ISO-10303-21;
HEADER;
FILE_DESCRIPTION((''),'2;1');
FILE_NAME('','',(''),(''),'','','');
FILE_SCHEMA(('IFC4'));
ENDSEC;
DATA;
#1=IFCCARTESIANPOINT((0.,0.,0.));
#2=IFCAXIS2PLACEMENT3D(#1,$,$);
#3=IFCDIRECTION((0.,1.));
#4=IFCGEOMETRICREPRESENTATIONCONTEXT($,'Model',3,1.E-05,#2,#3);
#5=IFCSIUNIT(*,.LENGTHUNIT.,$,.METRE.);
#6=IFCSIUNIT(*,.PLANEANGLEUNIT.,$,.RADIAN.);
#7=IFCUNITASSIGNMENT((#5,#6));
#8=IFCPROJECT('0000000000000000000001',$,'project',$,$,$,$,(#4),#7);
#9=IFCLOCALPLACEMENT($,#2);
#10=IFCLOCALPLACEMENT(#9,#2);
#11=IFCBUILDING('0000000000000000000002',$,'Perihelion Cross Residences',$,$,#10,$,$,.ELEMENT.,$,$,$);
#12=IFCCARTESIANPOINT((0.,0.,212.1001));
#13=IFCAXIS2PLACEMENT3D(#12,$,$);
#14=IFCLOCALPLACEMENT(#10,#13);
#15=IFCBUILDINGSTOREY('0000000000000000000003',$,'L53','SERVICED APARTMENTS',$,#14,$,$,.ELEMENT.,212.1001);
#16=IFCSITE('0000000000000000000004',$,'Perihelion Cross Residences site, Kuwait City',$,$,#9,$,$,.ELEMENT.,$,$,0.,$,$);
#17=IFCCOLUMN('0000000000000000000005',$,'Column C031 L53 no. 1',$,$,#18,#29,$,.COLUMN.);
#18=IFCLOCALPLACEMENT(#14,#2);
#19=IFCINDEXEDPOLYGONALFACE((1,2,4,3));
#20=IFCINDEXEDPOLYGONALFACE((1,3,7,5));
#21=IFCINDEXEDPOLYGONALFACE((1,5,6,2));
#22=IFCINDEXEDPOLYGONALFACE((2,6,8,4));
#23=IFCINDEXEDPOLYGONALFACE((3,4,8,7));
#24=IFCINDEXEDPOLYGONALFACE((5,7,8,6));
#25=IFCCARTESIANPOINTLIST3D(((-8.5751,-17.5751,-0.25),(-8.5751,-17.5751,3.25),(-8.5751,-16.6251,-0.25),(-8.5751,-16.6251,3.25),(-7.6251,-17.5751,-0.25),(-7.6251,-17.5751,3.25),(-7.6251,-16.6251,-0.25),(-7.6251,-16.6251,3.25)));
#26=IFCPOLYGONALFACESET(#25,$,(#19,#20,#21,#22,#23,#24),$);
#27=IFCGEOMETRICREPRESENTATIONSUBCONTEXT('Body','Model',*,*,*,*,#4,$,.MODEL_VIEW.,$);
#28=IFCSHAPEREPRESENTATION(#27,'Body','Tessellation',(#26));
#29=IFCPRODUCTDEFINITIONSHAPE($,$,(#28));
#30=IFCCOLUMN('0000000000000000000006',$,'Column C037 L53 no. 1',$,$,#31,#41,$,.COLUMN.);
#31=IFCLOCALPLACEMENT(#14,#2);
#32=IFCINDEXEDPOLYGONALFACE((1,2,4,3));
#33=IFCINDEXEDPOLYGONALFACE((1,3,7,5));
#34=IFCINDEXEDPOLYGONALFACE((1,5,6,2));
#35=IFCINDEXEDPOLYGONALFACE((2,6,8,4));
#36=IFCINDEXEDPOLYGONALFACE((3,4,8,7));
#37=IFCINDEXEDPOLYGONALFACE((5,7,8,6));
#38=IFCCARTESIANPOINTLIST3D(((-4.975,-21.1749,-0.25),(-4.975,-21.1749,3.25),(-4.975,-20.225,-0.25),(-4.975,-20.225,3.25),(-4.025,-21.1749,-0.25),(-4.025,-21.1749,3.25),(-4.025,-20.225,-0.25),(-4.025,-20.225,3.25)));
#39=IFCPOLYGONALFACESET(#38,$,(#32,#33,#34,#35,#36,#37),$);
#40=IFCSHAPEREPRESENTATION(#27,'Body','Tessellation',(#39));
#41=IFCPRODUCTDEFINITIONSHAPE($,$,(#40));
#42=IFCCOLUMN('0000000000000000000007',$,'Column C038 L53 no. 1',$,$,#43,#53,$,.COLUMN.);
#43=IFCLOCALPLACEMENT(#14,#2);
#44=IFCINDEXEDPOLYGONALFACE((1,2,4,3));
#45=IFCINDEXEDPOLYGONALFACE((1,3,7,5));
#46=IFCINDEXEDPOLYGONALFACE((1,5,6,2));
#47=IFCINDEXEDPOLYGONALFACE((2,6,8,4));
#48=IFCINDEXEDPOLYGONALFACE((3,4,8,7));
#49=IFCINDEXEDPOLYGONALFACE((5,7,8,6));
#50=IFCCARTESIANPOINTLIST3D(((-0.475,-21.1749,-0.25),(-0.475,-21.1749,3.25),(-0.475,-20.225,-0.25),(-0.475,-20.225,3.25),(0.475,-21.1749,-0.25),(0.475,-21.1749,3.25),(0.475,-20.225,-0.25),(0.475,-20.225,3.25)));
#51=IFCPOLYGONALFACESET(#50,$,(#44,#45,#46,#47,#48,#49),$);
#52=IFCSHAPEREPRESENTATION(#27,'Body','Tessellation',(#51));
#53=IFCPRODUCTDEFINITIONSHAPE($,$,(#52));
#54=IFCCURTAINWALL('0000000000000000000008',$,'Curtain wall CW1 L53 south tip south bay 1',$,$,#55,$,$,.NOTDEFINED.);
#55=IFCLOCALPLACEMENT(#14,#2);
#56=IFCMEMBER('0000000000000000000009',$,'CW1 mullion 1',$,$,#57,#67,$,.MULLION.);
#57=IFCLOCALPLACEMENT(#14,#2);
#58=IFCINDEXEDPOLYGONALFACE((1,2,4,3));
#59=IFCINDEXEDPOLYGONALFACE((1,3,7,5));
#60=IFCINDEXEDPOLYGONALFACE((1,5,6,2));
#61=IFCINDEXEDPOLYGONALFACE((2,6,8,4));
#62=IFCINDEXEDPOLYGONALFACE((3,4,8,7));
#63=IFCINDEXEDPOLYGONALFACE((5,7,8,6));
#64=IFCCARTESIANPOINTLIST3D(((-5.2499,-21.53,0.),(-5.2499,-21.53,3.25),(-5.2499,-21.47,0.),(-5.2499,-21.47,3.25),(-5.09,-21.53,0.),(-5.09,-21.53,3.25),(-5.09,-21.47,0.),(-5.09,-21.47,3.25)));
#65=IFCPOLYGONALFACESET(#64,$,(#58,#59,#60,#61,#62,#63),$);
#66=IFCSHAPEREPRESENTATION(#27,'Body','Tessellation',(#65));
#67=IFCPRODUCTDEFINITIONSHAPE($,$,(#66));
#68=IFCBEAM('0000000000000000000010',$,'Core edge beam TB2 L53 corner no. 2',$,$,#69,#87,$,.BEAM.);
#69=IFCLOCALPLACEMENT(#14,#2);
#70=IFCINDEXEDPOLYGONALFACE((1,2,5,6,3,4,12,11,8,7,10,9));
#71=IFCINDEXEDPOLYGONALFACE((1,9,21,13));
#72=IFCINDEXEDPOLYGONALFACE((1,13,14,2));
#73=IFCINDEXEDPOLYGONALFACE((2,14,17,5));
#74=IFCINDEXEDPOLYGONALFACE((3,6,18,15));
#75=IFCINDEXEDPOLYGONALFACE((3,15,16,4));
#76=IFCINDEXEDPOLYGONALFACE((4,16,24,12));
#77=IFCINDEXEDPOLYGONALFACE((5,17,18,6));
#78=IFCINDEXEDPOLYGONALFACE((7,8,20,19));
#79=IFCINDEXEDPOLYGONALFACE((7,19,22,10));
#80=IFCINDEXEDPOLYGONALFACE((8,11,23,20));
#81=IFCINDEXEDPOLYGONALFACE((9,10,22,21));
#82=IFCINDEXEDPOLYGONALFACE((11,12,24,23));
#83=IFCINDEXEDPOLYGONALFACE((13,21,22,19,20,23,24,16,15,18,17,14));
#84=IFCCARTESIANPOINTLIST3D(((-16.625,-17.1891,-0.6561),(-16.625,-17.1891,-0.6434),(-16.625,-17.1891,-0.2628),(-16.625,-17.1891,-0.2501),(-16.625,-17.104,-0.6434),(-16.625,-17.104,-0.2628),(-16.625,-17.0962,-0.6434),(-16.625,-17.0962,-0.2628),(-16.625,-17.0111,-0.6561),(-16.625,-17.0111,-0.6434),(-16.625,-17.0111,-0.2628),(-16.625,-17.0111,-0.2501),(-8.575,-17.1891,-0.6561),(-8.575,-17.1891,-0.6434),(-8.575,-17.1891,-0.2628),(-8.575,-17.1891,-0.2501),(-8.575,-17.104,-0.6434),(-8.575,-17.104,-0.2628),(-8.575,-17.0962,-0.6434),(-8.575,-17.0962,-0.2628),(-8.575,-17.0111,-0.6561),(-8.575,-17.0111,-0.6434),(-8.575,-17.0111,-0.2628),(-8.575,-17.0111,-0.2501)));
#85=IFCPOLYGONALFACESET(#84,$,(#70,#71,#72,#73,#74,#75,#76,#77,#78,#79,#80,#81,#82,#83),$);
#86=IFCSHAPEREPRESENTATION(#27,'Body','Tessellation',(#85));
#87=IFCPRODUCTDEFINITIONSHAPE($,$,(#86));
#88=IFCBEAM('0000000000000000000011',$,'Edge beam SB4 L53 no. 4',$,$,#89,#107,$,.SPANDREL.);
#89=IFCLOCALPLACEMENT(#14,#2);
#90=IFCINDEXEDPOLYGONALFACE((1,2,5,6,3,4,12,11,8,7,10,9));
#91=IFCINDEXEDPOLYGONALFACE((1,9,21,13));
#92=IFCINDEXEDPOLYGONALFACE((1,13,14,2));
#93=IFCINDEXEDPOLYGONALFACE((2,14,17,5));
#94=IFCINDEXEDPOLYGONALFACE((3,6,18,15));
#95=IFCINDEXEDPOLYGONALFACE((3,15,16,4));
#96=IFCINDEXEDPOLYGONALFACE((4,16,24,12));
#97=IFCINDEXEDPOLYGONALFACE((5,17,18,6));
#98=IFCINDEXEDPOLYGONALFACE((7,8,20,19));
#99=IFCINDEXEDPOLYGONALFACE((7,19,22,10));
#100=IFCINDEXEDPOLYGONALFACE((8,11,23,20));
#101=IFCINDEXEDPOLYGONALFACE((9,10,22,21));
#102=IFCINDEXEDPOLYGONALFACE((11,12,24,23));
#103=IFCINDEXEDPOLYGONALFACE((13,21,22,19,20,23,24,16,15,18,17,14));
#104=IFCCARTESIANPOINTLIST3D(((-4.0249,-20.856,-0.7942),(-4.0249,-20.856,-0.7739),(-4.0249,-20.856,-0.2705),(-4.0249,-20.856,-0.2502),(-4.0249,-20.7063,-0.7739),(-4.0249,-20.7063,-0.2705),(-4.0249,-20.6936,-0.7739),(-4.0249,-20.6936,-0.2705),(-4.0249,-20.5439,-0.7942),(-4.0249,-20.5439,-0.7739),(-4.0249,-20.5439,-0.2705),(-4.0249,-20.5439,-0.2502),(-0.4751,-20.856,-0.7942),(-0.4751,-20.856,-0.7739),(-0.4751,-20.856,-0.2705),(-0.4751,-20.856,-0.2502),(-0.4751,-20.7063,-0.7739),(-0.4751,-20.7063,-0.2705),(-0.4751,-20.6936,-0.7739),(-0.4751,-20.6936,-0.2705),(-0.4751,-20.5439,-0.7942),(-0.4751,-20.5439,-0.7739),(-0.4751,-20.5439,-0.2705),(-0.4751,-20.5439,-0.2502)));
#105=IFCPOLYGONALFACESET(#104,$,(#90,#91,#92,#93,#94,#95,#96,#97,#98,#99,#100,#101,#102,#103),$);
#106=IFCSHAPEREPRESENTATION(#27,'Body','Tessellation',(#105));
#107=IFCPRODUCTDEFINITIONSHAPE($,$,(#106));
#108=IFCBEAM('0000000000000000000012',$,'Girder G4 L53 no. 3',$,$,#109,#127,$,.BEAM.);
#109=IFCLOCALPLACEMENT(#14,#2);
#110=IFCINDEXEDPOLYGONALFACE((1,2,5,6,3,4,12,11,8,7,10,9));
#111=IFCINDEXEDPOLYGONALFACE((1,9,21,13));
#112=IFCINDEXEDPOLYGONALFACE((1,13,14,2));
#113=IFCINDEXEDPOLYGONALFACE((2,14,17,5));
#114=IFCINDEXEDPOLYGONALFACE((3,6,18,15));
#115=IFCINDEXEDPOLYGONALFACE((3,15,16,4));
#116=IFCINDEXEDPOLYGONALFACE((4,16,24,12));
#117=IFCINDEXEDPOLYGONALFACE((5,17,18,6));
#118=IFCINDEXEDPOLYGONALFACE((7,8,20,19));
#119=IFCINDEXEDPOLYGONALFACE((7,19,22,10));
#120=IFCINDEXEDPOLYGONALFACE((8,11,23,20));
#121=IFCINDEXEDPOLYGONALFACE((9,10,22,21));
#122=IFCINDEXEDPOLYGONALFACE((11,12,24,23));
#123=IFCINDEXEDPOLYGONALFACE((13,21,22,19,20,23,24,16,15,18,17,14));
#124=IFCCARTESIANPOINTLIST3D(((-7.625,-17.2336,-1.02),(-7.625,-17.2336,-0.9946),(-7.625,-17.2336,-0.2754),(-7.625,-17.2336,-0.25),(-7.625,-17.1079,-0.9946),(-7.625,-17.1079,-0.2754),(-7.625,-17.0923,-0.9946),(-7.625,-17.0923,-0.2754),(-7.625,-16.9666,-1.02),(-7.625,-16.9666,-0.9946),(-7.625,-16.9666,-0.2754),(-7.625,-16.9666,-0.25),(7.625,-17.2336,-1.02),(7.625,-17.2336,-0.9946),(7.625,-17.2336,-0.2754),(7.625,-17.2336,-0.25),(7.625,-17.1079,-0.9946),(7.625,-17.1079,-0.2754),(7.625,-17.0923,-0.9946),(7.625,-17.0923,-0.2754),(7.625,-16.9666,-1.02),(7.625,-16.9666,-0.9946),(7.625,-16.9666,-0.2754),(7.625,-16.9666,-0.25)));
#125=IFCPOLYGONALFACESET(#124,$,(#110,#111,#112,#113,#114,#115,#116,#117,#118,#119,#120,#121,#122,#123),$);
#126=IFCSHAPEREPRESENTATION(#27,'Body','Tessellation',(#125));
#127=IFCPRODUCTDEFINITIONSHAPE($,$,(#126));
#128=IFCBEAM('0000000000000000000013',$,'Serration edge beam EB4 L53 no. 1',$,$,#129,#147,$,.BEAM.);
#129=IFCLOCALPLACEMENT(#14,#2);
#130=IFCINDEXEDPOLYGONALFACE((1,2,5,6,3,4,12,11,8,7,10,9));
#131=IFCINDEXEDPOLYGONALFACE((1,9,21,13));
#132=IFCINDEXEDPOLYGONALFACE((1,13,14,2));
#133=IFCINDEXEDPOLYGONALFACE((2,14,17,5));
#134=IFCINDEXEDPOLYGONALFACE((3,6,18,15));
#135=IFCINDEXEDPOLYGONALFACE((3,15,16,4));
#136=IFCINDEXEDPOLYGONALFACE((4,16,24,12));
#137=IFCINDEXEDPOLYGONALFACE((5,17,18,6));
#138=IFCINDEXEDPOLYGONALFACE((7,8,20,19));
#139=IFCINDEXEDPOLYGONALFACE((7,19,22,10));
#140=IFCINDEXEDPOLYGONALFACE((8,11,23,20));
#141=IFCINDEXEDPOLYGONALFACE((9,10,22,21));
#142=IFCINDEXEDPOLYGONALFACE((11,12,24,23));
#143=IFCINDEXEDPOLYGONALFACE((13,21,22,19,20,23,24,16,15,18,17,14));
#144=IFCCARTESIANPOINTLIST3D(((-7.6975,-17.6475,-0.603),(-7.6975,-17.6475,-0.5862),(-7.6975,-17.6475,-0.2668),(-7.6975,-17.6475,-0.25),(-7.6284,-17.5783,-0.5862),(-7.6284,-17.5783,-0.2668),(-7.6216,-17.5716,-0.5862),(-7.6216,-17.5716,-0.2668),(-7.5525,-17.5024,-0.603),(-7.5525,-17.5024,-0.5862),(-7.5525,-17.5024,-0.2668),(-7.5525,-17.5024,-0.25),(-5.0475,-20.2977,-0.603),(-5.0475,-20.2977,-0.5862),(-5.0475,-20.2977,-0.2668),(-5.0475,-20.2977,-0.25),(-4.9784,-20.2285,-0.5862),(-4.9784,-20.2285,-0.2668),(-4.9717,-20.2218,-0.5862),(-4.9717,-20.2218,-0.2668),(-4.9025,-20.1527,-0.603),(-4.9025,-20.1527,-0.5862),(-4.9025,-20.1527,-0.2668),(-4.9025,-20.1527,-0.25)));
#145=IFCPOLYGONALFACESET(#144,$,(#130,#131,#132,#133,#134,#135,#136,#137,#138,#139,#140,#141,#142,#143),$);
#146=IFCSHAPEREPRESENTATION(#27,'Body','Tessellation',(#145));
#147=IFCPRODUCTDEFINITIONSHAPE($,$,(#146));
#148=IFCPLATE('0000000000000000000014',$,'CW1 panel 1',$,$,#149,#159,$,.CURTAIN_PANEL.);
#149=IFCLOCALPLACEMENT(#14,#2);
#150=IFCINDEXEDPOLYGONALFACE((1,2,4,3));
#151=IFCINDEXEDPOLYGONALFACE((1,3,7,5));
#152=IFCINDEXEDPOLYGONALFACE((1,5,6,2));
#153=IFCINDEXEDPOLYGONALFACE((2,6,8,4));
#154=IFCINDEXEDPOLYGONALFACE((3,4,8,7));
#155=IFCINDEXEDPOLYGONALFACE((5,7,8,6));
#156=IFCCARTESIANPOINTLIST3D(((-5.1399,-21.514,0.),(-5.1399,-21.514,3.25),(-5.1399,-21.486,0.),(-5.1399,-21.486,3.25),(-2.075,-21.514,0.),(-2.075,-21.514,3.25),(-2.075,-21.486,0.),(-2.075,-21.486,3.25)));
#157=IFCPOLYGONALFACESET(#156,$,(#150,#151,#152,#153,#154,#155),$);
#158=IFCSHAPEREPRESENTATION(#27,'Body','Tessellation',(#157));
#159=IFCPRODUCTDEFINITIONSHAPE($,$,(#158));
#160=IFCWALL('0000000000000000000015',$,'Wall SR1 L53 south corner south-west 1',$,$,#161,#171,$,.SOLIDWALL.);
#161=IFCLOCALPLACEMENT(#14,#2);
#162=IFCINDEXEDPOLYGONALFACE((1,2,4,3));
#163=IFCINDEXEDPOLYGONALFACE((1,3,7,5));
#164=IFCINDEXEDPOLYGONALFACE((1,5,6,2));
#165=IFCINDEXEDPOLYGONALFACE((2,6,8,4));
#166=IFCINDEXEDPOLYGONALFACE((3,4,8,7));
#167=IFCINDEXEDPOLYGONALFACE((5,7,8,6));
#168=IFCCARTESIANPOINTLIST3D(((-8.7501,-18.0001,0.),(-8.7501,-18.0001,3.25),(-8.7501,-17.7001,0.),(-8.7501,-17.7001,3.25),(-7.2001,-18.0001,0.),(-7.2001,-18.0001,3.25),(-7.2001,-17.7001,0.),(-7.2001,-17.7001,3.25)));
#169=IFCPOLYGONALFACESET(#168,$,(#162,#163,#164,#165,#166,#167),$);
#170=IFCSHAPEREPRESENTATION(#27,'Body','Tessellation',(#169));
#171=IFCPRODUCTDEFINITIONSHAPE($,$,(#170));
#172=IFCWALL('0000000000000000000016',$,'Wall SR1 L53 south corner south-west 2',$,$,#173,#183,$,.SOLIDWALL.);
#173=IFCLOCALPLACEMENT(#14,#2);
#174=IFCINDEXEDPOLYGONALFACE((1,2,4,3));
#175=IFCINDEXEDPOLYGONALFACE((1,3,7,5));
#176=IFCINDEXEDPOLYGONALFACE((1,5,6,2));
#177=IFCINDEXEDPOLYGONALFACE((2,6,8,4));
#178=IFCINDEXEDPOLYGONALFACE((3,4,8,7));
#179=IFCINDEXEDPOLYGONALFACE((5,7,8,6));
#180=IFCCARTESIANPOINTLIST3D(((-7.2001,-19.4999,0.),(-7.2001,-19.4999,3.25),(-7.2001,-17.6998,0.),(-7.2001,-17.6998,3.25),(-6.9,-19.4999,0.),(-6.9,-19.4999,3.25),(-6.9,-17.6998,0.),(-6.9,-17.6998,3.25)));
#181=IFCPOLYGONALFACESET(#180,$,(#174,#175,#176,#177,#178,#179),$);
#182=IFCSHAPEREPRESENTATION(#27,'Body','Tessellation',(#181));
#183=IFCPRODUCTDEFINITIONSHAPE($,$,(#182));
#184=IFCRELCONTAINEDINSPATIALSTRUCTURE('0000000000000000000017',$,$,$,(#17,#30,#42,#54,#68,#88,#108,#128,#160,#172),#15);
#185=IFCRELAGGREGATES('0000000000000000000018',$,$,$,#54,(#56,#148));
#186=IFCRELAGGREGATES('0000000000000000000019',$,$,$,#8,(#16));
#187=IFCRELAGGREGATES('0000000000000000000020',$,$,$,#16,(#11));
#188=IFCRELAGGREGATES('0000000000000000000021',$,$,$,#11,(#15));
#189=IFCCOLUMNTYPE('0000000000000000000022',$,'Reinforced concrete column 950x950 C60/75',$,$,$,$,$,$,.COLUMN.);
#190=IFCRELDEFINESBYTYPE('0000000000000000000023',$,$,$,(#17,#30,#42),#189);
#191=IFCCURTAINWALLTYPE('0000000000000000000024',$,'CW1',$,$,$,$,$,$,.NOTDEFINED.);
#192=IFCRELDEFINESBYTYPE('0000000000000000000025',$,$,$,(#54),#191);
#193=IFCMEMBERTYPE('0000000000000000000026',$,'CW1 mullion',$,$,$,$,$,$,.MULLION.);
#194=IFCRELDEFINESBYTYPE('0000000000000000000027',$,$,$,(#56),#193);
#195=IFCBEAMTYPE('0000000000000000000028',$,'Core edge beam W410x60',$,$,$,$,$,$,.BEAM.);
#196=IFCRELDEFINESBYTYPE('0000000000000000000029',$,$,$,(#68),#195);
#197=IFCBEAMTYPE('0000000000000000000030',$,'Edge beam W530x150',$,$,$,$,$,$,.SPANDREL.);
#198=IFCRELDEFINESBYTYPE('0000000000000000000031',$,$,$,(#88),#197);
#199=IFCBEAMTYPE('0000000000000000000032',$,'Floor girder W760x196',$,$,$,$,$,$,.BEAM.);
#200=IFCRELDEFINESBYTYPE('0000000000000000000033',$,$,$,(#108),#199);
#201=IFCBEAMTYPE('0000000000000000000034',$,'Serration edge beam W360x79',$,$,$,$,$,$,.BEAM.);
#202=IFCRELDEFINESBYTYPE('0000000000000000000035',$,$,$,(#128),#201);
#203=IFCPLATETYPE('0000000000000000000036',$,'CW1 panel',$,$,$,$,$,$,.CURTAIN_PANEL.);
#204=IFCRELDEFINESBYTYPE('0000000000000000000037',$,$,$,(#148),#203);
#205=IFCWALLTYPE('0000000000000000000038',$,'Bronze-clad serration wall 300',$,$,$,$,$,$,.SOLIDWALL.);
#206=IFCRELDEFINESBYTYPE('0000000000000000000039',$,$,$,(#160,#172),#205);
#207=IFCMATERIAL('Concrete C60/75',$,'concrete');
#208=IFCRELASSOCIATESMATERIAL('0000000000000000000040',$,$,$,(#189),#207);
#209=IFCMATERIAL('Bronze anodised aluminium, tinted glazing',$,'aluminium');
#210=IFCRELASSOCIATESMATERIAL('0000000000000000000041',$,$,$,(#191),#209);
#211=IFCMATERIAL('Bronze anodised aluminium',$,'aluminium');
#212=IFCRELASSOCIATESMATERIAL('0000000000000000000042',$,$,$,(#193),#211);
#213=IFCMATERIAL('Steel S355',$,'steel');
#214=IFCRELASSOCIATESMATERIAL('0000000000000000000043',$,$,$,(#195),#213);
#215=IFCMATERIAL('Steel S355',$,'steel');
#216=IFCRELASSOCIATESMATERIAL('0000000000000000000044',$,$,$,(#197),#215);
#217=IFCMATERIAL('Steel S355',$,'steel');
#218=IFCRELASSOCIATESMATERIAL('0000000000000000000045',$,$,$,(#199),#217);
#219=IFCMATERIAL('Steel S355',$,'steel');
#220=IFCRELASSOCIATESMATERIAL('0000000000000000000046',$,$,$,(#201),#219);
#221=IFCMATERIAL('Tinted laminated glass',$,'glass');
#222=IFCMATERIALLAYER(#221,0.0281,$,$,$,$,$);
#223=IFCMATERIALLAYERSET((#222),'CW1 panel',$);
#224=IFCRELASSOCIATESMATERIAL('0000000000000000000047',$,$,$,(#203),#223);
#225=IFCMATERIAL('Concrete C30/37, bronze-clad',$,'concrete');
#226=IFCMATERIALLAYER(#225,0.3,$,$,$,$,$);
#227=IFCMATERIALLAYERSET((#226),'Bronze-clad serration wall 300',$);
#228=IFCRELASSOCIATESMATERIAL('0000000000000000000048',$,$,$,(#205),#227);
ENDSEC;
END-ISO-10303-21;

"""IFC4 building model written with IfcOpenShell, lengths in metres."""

from ifc_helpers import new_model, si_unit, direction, frame, frame_2d, origin, origin_2d, place, context, subcontext, project, spatial, rectangle, i_section, extrude, material, layer, layer_set, material_profile, profile_set, type_object, element, aggregate, save


model = new_model("IFC4")

# Units and contexts
model_context = context("Model", 3, precision=1e-05, world=origin(), true_north=direction((0.0, 1.0)))
body_context = subcontext(model_context, "Body", "Model", "MODEL_VIEW")
ifc_project = project(units=[si_unit("LENGTHUNIT", "METRE"), si_unit("PLANEANGLEUNIT", "RADIAN")], contexts=[model_context])

# Site, building, storey
site_placement = place(None, origin())
site = spatial("IfcSite", under=ifc_project, at=site_placement, Name="Perihelion Cross Residences site, Kuwait City", CompositionType="ELEMENT", RefElevation=0.0)
building_placement = place(site_placement, origin())
building = spatial("IfcBuilding", under=site, at=building_placement, Name="Perihelion Cross Residences", CompositionType="ELEMENT")
storey_placement = place(building_placement, frame((0.0, 0.0, 212.1001)))
storey = spatial("IfcBuildingStorey", under=building, at=storey_placement, Name="L53", Description="SERVICED APARTMENTS", CompositionType="ELEMENT", Elevation=212.1001)

# Columns
ifc_material_1 = material(Name="Concrete C60/75", Category="concrete")
ifc_material_profile_1 = material_profile(ifc_material_1, rectangle(XDim=0.95, YDim=0.95, at=origin_2d()), Name="RC 950x950")
ifc_profile_set_1 = profile_set([ifc_material_profile_1], Name="Concrete C60/75")
column_type = type_object("IfcColumnType", Name="Reinforced concrete column 950x950 C60/75", PredefinedType="COLUMN", material=ifc_profile_set_1)
for number, where, z_axis, x_axis, name in (
    (1, (-8.1001, -17.1001, -0.25), (0.0, 0.0, 1.0), (1.0, 0.0, 0.0), "Column C031 L53 no. 1"),
    (2, (-4.5, -20.7, -0.25), (0.0, 0.0, 1.0), (1.0, 0.0, 0.0), "Column C037 L53 no. 1"),
    (3, (0.0, -20.7, -0.25), (0.0, 0.0, 1.0), (1.0, 0.0, 0.0), "Column C038 L53 no. 1"),
):
    element("IfcColumn", number, at=place(storey_placement, frame(where, z_axis=z_axis, x_axis=x_axis)), inside=storey, type_object=column_type, Name=name, PredefinedType="COLUMN", context=body_context, shape_type="SweptSolid", body=[
        extrude(rectangle(XDim=0.95, YDim=0.95, at=origin_2d()), origin(), (0.0, 0.0, 1.0), 3.5),
    ])

# Curtain wall, member
ifc_material_2 = material(Name="Bronze anodised aluminium, tinted glazing", Category="aluminium")
curtain_wall_type = type_object("IfcCurtainWallType", Name="CW1", PredefinedType="NOTDEFINED", material=ifc_material_2)
curtain_wall_placement = place(storey_placement, origin())
curtain_wall = element("IfcCurtainWall", 4, at=curtain_wall_placement, inside=storey, type_object=curtain_wall_type, Name="Curtain wall CW1 L53 south tip south bay 1", PredefinedType="NOTDEFINED")
ifc_material_3 = material(Name="Bronze anodised aluminium", Category="aluminium")
ifc_material_profile_2 = material_profile(ifc_material_3, rectangle(XDim=0.0601, YDim=0.1599, at=origin_2d()), Name="CW1 mullion")
ifc_profile_set_2 = profile_set([ifc_material_profile_2], Name="Bronze anodised aluminium")
member_type = type_object("IfcMemberType", Name="CW1 mullion", PredefinedType="MULLION", material=ifc_profile_set_2)
member_placement = place(storey_placement, frame((-5.1699, -21.5, 0.0), z_axis=(0.0, 0.0, 1.0), x_axis=(0.0, 1.0, 0.0)))
member = element("IfcMember", 5, at=member_placement, type_object=member_type, Name="CW1 mullion 1", PredefinedType="MULLION", context=body_context, shape_type="SweptSolid", body=[
    extrude(rectangle(XDim=0.0601, YDim=0.1599, at=origin_2d()), origin(), (0.0, 0.0, 1.0), 3.25),
])

# Beams
ifc_material_4 = material(Name="Steel S355", Category="steel")
ifc_material_profile_3 = material_profile(ifc_material_4, i_section(OverallWidth=0.178, OverallDepth=0.406, WebThickness=0.0078, FlangeThickness=0.0127, at=origin_2d()), Name="W410x60")
ifc_profile_set_3 = profile_set([ifc_material_profile_3], Name="Steel S355")
beam_type_1 = type_object("IfcBeamType", Name="Core edge beam W410x60", PredefinedType="BEAM", material=ifc_profile_set_3)
beam_1_placement = place(storey_placement, frame((-8.575, -17.1001, -0.4531), z_axis=(-1.0, 0.0, 0.0), x_axis=(0.0, -1.0, 0.0)))
element("IfcBeam", 6, at=beam_1_placement, inside=storey, type_object=beam_type_1, Name="Core edge beam TB2 L53 corner no. 2", PredefinedType="BEAM", context=body_context, shape_type="SweptSolid", body=[
    extrude(i_section(OverallWidth=0.178, OverallDepth=0.406, WebThickness=0.0078, FlangeThickness=0.0127, at=origin_2d()), origin(), (0.0, 0.0, 1.0), 8.05),
])
ifc_material_5 = material(Name="Steel S355", Category="steel")
ifc_material_profile_4 = material_profile(ifc_material_5, i_section(OverallWidth=0.312, OverallDepth=0.5439, WebThickness=0.0127, FlangeThickness=0.0203, at=origin_2d()), Name="W530x150")
ifc_profile_set_4 = profile_set([ifc_material_profile_4], Name="Steel S355")
beam_type_2 = type_object("IfcBeamType", Name="Edge beam W530x150", PredefinedType="SPANDREL", material=ifc_profile_set_4)
beam_2_placement = place(storey_placement, frame((-4.0249, -20.7, -0.5222), z_axis=(1.0, 0.0, 0.0), x_axis=(0.0, 1.0, 0.0)))
element("IfcBeam", 7, at=beam_2_placement, inside=storey, type_object=beam_type_2, Name="Edge beam SB4 L53 no. 4", PredefinedType="SPANDREL", context=body_context, shape_type="SweptSolid", body=[
    extrude(i_section(OverallWidth=0.312, OverallDepth=0.5439, WebThickness=0.0127, FlangeThickness=0.0203, at=origin_2d()), origin(), (0.0, 0.0, 1.0), 3.5498),
])
ifc_material_6 = material(Name="Steel S355", Category="steel")
ifc_material_profile_5 = material_profile(ifc_material_6, i_section(OverallWidth=0.2671, OverallDepth=0.77, WebThickness=0.0156, FlangeThickness=0.0254, at=origin_2d()), Name="W760x196")
ifc_profile_set_5 = profile_set([ifc_material_profile_5], Name="Steel S355")
beam_type_3 = type_object("IfcBeamType", Name="Floor girder W760x196", PredefinedType="BEAM", material=ifc_profile_set_5)
beam_3_placement = place(storey_placement, frame((-7.625, -17.1001, -0.635), z_axis=(1.0, 0.0, 0.0), x_axis=(0.0, 1.0, 0.0)))
element("IfcBeam", 8, at=beam_3_placement, inside=storey, type_object=beam_type_3, Name="Girder G4 L53 no. 3", PredefinedType="BEAM", context=body_context, shape_type="SweptSolid", body=[
    extrude(i_section(OverallWidth=0.2671, OverallDepth=0.77, WebThickness=0.0156, FlangeThickness=0.0254, at=origin_2d()), origin(), (0.0, 0.0, 1.0), 15.25),
])
ifc_material_7 = material(Name="Steel S355", Category="steel")
ifc_material_profile_6 = material_profile(ifc_material_7, i_section(OverallWidth=0.2051, OverallDepth=0.353, WebThickness=0.0095, FlangeThickness=0.0168, at=origin_2d()), Name="W360x79")
ifc_profile_set_6 = profile_set([ifc_material_profile_6], Name="Steel S355")
beam_type_4 = type_object("IfcBeamType", Name="Serration edge beam W360x79", PredefinedType="BEAM", material=ifc_profile_set_6)
beam_4_placement = place(storey_placement, frame((-7.625, -17.575, -0.4265), z_axis=(0.707074, -0.707139, 0.0), x_axis=(0.707139, 0.707074, 0.0)))
element("IfcBeam", 9, at=beam_4_placement, inside=storey, type_object=beam_type_4, Name="Serration edge beam EB4 L53 no. 1", PredefinedType="BEAM", context=body_context, shape_type="SweptSolid", body=[
    extrude(i_section(OverallWidth=0.2051, OverallDepth=0.353, WebThickness=0.0095, FlangeThickness=0.0168, at=origin_2d()), origin(), (0.0, 0.0, 1.0), 3.7478),
])

# Plate
ifc_material_8 = material(Name="Tinted laminated glass", Category="glass")
ifc_layer_1 = layer(ifc_material_8, 0.0281)
ifc_layer_set_1 = layer_set([ifc_layer_1], Name="CW1 panel")
plate_type = type_object("IfcPlateType", Name="CW1 panel", PredefinedType="CURTAIN_PANEL", material=ifc_layer_set_1)
plate_placement = place(storey_placement, frame((-3.6074, -21.5, 0.0), z_axis=(0.0, 0.0, 1.0), x_axis=(1.0, 0.0, 0.0)))
plate = element("IfcPlate", 10, at=plate_placement, type_object=plate_type, Name="CW1 panel 1", PredefinedType="CURTAIN_PANEL", context=body_context, shape_type="SweptSolid", body=[
    extrude(rectangle(XDim=3.0649, YDim=0.0281, at=origin_2d()), origin(), (0.0, 0.0, 1.0), 3.25),
])
aggregate(curtain_wall, [member, plate])

# Walls
ifc_material_9 = material(Name="Concrete C30/37, bronze-clad", Category="concrete")
ifc_layer_2 = layer(ifc_material_9, 0.3)
ifc_layer_set_2 = layer_set([ifc_layer_2], Name="Bronze-clad serration wall 300")
wall_type_1 = type_object("IfcWallType", Name="Bronze-clad serration wall 300", PredefinedType="SOLIDWALL", material=ifc_layer_set_2)
wall_1_placement = place(storey_placement, frame((-8.75, -17.8501, 0.0), z_axis=(0.0, 0.0, 1.0), x_axis=(1.0, 0.0, 0.0)))
element("IfcWall", 11, at=wall_1_placement, inside=storey, type_object=wall_type_1, Name="Wall SR1 L53 south corner south-west 1", PredefinedType="SOLIDWALL", context=body_context, shape_type="SweptSolid", body=[
    extrude(rectangle(XDim=1.55, YDim=0.3, at=frame_2d((0.7749, 0.0))), origin(), (0.0, 0.0, 1.0), 3.25),
])
for number, where, z_axis, x_axis, name in (
    (12, (-7.05, -17.7, 0.0), (0.0, 0.0, 1.0), (0.0, -1.0, 0.0), "Wall SR1 L53 south corner south-west 2"),
):
    element("IfcWall", number, at=place(storey_placement, frame(where, z_axis=z_axis, x_axis=x_axis)), inside=storey, type_object=wall_type_1, Name=name, PredefinedType="SOLIDWALL", context=body_context, shape_type="SweptSolid", body=[
        extrude(rectangle(XDim=1.8, YDim=0.3, at=frame_2d((0.8999, 0.0))), origin(), (0.0, 0.0, 1.0), 3.25),
    ])

save(model, "model.ifc")
